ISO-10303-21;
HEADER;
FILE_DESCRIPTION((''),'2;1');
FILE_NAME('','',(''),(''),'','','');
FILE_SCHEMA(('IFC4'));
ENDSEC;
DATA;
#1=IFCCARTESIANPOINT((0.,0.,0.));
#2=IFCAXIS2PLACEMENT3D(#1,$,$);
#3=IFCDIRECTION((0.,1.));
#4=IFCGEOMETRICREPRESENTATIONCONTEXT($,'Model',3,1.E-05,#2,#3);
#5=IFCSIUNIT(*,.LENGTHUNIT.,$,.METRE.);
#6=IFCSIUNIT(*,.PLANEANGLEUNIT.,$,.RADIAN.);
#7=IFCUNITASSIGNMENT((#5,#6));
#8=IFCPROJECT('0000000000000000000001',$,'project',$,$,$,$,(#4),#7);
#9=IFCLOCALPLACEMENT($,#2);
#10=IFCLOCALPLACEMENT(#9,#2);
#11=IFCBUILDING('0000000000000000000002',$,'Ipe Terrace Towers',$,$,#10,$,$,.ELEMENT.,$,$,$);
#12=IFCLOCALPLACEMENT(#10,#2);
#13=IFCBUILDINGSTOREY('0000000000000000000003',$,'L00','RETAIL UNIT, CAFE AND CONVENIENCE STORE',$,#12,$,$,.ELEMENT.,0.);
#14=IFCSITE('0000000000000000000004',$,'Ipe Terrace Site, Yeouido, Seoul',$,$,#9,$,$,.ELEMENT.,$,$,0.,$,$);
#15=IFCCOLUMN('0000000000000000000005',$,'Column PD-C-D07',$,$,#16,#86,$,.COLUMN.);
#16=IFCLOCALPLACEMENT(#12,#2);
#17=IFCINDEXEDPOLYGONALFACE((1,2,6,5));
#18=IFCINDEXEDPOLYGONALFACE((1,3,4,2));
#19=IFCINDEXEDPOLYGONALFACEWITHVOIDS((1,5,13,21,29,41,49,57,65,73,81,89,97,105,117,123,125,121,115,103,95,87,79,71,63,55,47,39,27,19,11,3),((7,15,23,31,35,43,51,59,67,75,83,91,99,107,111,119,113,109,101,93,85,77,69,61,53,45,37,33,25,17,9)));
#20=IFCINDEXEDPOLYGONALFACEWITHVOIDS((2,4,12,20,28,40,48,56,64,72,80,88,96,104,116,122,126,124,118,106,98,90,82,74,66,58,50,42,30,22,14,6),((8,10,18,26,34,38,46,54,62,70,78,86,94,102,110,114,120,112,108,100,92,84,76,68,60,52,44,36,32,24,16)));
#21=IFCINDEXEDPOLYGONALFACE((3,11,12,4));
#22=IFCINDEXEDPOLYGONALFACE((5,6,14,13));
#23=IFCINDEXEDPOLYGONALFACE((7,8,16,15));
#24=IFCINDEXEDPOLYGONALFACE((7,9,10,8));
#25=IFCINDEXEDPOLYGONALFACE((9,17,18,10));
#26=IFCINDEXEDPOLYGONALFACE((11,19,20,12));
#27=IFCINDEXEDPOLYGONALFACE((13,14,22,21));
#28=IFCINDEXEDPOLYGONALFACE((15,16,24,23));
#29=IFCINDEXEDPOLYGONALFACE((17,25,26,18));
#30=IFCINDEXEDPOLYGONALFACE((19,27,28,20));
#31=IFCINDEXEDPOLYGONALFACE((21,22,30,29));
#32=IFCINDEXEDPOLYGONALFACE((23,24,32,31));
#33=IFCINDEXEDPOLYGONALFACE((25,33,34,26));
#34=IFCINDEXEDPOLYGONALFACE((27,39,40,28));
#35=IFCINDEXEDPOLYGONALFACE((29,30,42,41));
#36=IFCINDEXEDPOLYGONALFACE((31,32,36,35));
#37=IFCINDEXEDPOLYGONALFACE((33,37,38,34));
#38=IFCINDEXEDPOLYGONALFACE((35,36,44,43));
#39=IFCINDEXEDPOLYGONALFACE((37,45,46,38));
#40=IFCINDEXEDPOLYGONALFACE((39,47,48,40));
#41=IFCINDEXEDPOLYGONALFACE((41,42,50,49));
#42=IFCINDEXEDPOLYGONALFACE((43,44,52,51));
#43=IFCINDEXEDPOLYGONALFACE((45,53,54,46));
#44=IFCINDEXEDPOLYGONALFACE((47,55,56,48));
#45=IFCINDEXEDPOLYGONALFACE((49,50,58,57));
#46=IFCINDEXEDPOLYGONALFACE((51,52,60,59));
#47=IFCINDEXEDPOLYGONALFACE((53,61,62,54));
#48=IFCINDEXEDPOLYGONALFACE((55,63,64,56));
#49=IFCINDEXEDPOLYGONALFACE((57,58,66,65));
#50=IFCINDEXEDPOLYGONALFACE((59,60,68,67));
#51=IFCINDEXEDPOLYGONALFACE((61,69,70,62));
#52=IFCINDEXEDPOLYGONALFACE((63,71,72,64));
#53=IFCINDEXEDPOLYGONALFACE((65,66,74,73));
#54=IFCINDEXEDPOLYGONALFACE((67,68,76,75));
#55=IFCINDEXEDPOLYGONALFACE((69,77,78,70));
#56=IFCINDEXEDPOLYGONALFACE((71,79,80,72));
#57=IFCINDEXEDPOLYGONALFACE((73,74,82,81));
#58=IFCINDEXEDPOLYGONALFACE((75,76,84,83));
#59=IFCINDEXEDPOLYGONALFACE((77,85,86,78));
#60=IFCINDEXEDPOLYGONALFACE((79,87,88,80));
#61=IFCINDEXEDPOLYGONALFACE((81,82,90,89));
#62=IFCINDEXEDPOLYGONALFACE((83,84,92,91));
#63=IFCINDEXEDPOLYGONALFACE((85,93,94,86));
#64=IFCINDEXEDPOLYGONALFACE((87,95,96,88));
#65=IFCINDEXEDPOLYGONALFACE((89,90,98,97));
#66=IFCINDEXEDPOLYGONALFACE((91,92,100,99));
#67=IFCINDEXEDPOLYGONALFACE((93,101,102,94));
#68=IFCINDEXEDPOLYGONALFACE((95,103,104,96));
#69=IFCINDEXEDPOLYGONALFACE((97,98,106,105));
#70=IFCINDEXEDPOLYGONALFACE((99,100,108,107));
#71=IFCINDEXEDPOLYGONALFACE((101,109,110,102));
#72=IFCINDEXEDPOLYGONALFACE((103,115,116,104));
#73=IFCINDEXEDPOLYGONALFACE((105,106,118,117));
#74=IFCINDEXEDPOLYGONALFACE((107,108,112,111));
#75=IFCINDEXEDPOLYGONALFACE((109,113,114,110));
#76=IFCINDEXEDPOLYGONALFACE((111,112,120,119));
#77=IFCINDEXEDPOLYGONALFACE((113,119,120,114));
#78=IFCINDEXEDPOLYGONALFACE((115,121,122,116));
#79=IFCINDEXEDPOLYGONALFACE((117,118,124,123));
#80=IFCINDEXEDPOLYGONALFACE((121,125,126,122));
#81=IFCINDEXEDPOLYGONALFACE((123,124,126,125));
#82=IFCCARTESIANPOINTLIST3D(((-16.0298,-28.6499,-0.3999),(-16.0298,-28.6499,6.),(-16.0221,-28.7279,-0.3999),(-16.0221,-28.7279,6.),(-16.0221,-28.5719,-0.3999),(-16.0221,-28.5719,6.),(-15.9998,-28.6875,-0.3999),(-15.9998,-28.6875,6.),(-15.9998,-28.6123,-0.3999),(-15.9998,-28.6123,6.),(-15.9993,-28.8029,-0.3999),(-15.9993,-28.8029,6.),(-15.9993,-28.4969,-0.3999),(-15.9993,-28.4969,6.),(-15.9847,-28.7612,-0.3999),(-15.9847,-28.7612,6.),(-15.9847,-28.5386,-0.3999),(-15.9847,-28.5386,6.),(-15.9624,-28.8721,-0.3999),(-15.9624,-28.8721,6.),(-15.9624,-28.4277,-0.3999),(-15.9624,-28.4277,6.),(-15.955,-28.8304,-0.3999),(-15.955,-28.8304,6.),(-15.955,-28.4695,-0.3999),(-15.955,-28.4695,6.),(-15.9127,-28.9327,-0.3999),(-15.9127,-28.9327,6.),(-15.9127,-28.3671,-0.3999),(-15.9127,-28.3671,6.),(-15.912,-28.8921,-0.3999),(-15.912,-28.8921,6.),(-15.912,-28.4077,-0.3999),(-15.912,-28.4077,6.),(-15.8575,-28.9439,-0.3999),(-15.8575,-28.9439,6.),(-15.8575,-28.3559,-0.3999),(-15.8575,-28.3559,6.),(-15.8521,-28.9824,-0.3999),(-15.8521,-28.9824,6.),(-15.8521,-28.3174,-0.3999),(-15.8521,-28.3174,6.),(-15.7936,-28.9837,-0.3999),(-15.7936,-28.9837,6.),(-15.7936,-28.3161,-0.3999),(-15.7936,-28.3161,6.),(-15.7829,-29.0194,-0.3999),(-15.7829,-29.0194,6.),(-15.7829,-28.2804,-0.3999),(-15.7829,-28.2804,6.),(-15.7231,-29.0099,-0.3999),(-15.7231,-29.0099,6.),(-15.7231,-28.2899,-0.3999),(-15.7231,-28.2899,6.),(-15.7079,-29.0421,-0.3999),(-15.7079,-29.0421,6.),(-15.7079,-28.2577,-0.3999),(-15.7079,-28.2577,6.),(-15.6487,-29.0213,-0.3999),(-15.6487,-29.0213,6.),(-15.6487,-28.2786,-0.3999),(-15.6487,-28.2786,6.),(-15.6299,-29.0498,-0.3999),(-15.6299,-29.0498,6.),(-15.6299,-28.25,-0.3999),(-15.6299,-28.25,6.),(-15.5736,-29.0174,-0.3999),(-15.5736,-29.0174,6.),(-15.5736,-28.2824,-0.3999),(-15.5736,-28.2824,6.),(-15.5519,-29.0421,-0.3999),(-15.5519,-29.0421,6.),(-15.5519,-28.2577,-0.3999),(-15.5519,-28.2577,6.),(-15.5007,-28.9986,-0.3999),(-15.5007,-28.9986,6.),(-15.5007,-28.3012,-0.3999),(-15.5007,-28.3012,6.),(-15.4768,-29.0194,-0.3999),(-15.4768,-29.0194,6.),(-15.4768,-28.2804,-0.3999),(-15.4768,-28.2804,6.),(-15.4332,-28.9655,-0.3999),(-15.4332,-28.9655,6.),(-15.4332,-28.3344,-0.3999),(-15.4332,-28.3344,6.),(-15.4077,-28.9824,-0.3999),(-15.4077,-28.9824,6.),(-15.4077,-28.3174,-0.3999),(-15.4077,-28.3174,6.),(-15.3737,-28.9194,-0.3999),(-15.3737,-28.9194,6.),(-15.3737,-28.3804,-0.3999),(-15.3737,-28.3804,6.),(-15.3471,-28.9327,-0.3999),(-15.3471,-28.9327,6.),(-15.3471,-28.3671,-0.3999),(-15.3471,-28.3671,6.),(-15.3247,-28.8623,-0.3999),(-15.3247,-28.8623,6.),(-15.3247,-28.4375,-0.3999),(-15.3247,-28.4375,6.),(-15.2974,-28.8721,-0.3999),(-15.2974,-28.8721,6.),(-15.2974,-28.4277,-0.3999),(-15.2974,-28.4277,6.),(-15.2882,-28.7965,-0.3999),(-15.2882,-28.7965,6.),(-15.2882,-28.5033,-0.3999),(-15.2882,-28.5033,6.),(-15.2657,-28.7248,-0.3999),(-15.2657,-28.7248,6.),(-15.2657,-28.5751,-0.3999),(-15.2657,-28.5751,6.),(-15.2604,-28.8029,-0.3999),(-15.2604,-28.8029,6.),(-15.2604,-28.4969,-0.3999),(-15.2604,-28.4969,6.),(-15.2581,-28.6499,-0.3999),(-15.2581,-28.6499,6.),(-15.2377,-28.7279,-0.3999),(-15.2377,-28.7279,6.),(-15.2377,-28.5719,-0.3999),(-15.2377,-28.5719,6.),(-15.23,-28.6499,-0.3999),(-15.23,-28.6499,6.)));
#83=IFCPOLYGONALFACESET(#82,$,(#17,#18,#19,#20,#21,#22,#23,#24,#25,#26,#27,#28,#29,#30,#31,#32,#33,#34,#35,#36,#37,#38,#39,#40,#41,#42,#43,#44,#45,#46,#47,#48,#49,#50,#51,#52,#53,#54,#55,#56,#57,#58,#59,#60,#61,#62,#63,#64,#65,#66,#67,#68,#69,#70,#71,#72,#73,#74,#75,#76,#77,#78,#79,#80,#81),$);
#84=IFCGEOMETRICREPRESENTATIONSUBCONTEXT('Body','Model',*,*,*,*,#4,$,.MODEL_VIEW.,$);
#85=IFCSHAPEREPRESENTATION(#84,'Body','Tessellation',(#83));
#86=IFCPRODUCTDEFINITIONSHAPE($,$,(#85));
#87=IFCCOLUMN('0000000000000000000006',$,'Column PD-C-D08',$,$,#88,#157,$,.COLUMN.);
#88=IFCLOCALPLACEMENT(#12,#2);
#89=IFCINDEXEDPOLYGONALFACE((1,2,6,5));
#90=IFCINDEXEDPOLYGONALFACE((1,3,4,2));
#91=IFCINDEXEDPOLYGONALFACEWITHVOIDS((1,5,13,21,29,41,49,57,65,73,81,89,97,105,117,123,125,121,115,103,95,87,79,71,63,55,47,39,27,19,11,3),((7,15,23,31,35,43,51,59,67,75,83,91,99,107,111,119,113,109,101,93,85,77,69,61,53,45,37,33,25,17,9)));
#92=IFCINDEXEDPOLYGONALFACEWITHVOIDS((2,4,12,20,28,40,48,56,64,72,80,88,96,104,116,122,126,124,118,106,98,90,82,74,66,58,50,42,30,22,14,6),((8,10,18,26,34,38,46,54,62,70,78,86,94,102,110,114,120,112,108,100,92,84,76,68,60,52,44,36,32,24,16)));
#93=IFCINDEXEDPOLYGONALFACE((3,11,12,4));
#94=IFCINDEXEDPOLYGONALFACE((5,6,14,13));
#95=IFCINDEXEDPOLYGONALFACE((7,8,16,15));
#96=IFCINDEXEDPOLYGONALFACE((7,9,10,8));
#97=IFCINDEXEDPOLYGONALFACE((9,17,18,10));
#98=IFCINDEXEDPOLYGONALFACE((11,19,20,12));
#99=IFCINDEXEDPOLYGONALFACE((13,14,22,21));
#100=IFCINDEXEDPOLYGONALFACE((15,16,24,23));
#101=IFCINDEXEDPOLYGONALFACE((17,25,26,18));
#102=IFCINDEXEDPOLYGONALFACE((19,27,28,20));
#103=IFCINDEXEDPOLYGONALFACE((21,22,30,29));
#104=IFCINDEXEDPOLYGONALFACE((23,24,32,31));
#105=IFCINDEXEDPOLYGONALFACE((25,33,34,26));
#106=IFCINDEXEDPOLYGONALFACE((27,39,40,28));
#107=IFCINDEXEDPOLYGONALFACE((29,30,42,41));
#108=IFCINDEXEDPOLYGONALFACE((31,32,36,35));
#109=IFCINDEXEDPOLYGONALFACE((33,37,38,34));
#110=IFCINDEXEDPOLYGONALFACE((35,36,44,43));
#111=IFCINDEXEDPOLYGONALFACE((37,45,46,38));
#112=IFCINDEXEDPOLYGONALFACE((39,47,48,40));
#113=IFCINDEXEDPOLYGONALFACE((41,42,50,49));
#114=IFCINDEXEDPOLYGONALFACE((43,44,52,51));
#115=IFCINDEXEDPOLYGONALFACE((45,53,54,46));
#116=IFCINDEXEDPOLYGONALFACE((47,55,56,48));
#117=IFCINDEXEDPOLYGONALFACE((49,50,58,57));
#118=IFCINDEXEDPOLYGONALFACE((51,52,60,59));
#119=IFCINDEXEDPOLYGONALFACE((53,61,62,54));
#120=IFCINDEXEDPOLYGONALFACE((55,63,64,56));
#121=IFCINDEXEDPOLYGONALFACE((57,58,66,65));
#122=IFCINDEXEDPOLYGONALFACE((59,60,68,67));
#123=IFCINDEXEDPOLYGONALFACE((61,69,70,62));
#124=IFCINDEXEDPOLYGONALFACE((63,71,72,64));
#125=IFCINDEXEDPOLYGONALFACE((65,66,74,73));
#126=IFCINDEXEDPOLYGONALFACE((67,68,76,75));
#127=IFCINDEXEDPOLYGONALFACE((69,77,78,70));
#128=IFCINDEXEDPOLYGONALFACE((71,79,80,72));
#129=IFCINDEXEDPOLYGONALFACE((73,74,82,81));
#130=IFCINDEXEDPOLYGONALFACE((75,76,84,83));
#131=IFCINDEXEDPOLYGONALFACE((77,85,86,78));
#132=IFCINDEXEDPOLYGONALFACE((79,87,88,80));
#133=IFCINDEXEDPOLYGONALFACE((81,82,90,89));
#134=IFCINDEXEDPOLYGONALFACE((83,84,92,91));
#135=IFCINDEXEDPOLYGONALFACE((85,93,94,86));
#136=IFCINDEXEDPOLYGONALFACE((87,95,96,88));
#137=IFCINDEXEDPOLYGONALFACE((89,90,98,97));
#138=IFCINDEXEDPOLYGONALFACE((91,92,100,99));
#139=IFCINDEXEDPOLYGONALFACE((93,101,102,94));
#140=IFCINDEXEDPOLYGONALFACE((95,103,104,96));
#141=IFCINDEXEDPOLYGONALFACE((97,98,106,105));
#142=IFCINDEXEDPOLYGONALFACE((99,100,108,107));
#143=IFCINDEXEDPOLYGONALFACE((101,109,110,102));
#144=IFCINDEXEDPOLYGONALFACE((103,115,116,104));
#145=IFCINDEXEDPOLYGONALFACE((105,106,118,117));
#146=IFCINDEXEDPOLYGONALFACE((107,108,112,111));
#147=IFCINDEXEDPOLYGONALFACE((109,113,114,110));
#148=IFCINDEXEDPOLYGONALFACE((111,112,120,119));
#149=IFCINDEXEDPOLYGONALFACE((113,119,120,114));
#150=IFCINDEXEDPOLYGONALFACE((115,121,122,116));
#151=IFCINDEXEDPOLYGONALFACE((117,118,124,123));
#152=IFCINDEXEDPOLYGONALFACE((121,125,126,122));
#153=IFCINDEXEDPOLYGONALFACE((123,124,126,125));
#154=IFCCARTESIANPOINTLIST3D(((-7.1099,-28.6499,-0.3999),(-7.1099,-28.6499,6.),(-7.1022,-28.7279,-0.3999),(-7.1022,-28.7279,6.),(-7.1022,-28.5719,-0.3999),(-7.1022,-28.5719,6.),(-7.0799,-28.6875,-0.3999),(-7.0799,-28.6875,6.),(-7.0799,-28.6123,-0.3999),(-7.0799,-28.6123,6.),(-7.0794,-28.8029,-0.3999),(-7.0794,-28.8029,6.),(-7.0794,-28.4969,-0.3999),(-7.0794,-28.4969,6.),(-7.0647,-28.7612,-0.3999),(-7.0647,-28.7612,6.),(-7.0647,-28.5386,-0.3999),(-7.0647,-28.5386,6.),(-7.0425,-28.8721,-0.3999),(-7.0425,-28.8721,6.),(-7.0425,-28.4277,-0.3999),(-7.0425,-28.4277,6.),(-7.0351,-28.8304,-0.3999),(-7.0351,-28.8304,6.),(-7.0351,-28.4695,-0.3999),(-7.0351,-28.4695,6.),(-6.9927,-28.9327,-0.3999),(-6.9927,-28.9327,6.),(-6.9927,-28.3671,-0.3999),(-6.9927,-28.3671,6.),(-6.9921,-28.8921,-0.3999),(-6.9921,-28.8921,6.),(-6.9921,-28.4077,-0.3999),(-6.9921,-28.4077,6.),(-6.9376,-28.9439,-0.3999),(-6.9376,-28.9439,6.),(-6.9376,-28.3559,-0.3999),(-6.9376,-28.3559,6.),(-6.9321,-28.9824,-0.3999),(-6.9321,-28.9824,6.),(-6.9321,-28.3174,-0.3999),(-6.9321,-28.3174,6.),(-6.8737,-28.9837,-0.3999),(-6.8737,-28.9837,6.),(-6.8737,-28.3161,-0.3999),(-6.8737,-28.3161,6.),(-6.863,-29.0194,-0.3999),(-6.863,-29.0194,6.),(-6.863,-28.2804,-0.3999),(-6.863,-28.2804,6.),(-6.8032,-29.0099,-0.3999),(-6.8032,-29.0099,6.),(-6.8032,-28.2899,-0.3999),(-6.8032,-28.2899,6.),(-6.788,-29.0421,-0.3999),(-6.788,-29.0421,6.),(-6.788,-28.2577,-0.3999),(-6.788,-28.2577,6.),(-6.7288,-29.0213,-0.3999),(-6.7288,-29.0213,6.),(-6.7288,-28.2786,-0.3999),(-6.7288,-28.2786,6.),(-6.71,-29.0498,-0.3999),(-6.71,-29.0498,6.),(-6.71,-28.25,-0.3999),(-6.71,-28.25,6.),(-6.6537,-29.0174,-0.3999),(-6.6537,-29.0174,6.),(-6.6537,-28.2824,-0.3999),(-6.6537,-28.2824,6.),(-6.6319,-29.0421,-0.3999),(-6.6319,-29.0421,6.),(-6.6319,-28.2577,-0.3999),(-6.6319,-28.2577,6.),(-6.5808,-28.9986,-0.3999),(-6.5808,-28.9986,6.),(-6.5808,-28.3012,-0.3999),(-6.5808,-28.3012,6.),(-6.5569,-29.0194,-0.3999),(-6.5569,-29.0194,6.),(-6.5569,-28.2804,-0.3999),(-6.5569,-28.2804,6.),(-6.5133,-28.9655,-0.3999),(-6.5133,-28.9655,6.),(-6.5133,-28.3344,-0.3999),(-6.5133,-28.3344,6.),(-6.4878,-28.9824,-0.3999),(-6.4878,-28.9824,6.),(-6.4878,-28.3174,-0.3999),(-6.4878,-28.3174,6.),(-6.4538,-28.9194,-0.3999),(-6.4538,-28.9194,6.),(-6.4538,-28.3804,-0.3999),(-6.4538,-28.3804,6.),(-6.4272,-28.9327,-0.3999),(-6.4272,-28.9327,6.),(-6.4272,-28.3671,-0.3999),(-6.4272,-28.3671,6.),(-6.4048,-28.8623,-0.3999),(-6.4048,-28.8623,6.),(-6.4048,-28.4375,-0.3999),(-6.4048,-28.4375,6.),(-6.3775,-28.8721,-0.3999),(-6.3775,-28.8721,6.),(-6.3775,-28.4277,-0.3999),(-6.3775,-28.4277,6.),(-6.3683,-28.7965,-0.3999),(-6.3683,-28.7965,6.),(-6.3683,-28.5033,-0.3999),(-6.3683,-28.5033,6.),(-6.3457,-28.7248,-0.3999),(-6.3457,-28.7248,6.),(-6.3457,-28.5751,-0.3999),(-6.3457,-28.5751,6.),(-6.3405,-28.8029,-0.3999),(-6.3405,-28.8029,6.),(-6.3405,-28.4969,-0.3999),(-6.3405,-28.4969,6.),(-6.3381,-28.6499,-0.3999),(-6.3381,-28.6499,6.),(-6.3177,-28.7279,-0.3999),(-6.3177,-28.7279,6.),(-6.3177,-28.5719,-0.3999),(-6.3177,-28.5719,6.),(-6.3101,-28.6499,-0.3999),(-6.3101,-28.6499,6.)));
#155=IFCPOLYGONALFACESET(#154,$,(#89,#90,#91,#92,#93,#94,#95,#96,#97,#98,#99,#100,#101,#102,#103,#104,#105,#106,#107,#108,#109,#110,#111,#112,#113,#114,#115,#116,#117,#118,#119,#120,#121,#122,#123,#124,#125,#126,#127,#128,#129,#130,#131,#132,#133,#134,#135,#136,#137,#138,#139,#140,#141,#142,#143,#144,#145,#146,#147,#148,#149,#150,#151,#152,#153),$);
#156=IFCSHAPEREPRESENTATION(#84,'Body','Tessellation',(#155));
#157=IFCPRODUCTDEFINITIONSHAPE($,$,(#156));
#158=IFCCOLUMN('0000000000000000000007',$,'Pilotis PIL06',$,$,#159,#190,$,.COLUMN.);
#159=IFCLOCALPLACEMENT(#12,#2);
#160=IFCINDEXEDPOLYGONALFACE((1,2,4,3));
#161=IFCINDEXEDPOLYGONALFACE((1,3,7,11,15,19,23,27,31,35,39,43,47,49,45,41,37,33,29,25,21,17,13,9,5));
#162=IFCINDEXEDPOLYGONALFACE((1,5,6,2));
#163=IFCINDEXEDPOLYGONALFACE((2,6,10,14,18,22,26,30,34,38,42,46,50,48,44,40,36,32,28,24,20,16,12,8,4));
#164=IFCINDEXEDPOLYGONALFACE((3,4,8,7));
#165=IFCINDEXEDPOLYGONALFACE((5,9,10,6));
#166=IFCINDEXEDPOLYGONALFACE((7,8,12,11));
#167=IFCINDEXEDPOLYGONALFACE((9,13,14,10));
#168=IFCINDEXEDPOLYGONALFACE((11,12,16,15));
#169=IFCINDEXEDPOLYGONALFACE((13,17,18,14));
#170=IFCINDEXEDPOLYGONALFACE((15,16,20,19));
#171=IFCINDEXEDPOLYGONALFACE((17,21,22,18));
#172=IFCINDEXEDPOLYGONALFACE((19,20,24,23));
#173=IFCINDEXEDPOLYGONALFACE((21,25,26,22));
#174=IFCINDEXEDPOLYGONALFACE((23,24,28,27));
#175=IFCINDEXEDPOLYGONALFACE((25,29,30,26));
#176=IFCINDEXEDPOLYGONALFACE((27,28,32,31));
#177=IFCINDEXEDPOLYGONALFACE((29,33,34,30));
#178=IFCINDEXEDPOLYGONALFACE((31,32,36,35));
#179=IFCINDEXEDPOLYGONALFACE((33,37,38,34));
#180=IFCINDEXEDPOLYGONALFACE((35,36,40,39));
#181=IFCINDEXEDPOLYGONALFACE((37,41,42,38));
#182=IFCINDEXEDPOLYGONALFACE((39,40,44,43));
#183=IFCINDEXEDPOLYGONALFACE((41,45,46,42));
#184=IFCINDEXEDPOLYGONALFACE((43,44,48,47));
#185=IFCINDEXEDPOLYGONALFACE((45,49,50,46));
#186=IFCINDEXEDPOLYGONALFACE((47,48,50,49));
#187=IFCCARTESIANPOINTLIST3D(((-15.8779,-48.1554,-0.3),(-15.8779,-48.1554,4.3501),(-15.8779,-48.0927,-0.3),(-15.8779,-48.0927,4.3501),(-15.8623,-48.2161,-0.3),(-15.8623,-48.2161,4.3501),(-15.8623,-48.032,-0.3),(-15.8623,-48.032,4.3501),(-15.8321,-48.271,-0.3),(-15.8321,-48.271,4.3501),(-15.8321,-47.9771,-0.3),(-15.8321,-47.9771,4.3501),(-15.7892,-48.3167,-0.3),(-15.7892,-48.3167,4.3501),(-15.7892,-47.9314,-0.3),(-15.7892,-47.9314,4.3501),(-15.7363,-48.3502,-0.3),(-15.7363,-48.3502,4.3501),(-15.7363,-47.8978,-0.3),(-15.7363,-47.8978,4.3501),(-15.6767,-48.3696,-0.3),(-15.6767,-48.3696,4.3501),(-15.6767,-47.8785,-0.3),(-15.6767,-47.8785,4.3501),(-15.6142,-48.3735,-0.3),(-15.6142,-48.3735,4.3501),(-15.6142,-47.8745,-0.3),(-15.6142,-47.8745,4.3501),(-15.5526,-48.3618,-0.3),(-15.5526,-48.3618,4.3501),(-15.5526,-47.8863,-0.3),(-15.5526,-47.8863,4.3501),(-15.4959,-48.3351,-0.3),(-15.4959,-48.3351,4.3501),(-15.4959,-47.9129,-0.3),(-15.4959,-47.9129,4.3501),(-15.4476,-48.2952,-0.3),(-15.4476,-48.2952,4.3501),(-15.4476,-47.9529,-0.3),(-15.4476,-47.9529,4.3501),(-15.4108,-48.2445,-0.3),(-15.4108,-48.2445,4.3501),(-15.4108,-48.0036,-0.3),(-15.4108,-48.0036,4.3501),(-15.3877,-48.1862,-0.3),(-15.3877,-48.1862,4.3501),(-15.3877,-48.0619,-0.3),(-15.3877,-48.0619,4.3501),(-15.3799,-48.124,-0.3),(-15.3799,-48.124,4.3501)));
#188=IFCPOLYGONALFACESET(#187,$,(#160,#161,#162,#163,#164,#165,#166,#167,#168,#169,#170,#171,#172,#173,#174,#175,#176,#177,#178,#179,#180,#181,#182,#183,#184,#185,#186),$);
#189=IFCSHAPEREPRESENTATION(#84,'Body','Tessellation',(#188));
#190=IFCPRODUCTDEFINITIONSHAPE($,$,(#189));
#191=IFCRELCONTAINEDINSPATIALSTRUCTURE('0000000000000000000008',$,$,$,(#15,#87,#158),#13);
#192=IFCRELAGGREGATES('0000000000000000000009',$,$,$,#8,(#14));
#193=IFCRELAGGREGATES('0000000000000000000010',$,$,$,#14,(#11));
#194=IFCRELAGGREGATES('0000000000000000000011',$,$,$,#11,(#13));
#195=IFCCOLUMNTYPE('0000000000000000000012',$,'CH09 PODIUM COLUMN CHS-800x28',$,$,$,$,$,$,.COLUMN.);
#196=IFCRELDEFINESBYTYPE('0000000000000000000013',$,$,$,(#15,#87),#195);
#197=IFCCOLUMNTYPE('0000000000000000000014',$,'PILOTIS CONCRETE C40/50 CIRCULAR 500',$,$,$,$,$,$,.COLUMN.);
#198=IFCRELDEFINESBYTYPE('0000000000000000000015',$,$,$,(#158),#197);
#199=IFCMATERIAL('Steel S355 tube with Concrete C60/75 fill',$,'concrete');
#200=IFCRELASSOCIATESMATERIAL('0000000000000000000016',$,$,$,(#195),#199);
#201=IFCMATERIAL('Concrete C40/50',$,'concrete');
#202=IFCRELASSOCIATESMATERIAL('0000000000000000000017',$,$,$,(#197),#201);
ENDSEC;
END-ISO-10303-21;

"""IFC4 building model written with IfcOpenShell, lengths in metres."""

from ifc_helpers import new_model, si_unit, direction, frame, origin, origin_2d, place, context, subcontext, project, spatial, circle, hollow_circle, extrude, material, material_profile, profile_set, type_object, element, save


model = new_model("IFC4")

# Units and contexts
model_context = context("Model", 3, precision=1e-05, world=origin(), true_north=direction((0.0, 1.0)))
body_context = subcontext(model_context, "Body", "Model", "MODEL_VIEW")
ifc_project = project(units=[si_unit("LENGTHUNIT", "METRE"), si_unit("PLANEANGLEUNIT", "RADIAN")], contexts=[model_context])

# Site, building, storey
site_placement = place(None, origin())
site = spatial("IfcSite", under=ifc_project, at=site_placement, Name="Ipe Terrace Site, Yeouido, Seoul", CompositionType="ELEMENT", RefElevation=0.0)
building_placement = place(site_placement, origin())
building = spatial("IfcBuilding", under=site, at=building_placement, Name="Ipe Terrace Towers", CompositionType="ELEMENT")
storey_placement = place(building_placement, origin())
storey = spatial("IfcBuildingStorey", under=building, at=storey_placement, Name="L00", Description="RETAIL UNIT, CAFE AND CONVENIENCE STORE", CompositionType="ELEMENT", Elevation=0.0)

# Columns
ifc_material_1 = material(Name="Steel S355 tube with Concrete C60/75 fill", Category="concrete")
ifc_material_profile_1 = material_profile(ifc_material_1, hollow_circle(Radius=0.3999, WallThickness=0.0281, at=origin_2d()), Name="CHS-800x28")
ifc_profile_set_1 = profile_set([ifc_material_profile_1], Name="Steel S355 tube with Concrete C60/75 fill")
column_type_1 = type_object("IfcColumnType", Name="CH09 PODIUM COLUMN CHS-800x28", PredefinedType="COLUMN", material=ifc_profile_set_1)
for number, where, z_axis, x_axis, name in (
    (1, (-15.6299, -28.6499, -0.3999), (0.0, 0.0, 1.0), (1.0, 0.0, 0.0), "Column PD-C-D07"),
    (2, (-6.71, -28.6499, -0.3999), (0.0, 0.0, 1.0), (1.0, 0.0, 0.0), "Column PD-C-D08"),
):
    element("IfcColumn", number, at=place(storey_placement, frame(where, z_axis=z_axis, x_axis=x_axis)), inside=storey, type_object=column_type_1, Name=name, PredefinedType="COLUMN", context=body_context, shape_type="SweptSolid", body=[
        extrude(hollow_circle(Radius=0.3999, WallThickness=0.0281, at=origin_2d()), origin(), (0.0, 0.0, 1.0), 6.3999),
    ])
ifc_material_2 = material(Name="Concrete C40/50", Category="concrete")
ifc_material_profile_2 = material_profile(ifc_material_2, circle(Radius=0.25, at=origin_2d()), Name="PILOTIS CONCRETE C40/50 CIRCULAR 500")
ifc_profile_set_2 = profile_set([ifc_material_profile_2], Name="Concrete C40/50")
column_type_2 = type_object("IfcColumnType", Name="PILOTIS CONCRETE C40/50 CIRCULAR 500", PredefinedType="COLUMN", material=ifc_profile_set_2)
for number, where, z_axis, x_axis, name in (
    (3, (-15.6299, -48.124, -0.3), (0.0, 0.0, 1.0), (1.0, 0.0, 0.0), "Pilotis PIL06"),
):
    element("IfcColumn", number, at=place(storey_placement, frame(where, z_axis=z_axis, x_axis=x_axis)), inside=storey, type_object=column_type_2, Name=name, PredefinedType="COLUMN", context=body_context, shape_type="SweptSolid", body=[
        extrude(circle(Radius=0.25, at=origin_2d()), origin(), (0.0, 0.0, 1.0), 4.6501),
    ])

save(model, "model.ifc")
